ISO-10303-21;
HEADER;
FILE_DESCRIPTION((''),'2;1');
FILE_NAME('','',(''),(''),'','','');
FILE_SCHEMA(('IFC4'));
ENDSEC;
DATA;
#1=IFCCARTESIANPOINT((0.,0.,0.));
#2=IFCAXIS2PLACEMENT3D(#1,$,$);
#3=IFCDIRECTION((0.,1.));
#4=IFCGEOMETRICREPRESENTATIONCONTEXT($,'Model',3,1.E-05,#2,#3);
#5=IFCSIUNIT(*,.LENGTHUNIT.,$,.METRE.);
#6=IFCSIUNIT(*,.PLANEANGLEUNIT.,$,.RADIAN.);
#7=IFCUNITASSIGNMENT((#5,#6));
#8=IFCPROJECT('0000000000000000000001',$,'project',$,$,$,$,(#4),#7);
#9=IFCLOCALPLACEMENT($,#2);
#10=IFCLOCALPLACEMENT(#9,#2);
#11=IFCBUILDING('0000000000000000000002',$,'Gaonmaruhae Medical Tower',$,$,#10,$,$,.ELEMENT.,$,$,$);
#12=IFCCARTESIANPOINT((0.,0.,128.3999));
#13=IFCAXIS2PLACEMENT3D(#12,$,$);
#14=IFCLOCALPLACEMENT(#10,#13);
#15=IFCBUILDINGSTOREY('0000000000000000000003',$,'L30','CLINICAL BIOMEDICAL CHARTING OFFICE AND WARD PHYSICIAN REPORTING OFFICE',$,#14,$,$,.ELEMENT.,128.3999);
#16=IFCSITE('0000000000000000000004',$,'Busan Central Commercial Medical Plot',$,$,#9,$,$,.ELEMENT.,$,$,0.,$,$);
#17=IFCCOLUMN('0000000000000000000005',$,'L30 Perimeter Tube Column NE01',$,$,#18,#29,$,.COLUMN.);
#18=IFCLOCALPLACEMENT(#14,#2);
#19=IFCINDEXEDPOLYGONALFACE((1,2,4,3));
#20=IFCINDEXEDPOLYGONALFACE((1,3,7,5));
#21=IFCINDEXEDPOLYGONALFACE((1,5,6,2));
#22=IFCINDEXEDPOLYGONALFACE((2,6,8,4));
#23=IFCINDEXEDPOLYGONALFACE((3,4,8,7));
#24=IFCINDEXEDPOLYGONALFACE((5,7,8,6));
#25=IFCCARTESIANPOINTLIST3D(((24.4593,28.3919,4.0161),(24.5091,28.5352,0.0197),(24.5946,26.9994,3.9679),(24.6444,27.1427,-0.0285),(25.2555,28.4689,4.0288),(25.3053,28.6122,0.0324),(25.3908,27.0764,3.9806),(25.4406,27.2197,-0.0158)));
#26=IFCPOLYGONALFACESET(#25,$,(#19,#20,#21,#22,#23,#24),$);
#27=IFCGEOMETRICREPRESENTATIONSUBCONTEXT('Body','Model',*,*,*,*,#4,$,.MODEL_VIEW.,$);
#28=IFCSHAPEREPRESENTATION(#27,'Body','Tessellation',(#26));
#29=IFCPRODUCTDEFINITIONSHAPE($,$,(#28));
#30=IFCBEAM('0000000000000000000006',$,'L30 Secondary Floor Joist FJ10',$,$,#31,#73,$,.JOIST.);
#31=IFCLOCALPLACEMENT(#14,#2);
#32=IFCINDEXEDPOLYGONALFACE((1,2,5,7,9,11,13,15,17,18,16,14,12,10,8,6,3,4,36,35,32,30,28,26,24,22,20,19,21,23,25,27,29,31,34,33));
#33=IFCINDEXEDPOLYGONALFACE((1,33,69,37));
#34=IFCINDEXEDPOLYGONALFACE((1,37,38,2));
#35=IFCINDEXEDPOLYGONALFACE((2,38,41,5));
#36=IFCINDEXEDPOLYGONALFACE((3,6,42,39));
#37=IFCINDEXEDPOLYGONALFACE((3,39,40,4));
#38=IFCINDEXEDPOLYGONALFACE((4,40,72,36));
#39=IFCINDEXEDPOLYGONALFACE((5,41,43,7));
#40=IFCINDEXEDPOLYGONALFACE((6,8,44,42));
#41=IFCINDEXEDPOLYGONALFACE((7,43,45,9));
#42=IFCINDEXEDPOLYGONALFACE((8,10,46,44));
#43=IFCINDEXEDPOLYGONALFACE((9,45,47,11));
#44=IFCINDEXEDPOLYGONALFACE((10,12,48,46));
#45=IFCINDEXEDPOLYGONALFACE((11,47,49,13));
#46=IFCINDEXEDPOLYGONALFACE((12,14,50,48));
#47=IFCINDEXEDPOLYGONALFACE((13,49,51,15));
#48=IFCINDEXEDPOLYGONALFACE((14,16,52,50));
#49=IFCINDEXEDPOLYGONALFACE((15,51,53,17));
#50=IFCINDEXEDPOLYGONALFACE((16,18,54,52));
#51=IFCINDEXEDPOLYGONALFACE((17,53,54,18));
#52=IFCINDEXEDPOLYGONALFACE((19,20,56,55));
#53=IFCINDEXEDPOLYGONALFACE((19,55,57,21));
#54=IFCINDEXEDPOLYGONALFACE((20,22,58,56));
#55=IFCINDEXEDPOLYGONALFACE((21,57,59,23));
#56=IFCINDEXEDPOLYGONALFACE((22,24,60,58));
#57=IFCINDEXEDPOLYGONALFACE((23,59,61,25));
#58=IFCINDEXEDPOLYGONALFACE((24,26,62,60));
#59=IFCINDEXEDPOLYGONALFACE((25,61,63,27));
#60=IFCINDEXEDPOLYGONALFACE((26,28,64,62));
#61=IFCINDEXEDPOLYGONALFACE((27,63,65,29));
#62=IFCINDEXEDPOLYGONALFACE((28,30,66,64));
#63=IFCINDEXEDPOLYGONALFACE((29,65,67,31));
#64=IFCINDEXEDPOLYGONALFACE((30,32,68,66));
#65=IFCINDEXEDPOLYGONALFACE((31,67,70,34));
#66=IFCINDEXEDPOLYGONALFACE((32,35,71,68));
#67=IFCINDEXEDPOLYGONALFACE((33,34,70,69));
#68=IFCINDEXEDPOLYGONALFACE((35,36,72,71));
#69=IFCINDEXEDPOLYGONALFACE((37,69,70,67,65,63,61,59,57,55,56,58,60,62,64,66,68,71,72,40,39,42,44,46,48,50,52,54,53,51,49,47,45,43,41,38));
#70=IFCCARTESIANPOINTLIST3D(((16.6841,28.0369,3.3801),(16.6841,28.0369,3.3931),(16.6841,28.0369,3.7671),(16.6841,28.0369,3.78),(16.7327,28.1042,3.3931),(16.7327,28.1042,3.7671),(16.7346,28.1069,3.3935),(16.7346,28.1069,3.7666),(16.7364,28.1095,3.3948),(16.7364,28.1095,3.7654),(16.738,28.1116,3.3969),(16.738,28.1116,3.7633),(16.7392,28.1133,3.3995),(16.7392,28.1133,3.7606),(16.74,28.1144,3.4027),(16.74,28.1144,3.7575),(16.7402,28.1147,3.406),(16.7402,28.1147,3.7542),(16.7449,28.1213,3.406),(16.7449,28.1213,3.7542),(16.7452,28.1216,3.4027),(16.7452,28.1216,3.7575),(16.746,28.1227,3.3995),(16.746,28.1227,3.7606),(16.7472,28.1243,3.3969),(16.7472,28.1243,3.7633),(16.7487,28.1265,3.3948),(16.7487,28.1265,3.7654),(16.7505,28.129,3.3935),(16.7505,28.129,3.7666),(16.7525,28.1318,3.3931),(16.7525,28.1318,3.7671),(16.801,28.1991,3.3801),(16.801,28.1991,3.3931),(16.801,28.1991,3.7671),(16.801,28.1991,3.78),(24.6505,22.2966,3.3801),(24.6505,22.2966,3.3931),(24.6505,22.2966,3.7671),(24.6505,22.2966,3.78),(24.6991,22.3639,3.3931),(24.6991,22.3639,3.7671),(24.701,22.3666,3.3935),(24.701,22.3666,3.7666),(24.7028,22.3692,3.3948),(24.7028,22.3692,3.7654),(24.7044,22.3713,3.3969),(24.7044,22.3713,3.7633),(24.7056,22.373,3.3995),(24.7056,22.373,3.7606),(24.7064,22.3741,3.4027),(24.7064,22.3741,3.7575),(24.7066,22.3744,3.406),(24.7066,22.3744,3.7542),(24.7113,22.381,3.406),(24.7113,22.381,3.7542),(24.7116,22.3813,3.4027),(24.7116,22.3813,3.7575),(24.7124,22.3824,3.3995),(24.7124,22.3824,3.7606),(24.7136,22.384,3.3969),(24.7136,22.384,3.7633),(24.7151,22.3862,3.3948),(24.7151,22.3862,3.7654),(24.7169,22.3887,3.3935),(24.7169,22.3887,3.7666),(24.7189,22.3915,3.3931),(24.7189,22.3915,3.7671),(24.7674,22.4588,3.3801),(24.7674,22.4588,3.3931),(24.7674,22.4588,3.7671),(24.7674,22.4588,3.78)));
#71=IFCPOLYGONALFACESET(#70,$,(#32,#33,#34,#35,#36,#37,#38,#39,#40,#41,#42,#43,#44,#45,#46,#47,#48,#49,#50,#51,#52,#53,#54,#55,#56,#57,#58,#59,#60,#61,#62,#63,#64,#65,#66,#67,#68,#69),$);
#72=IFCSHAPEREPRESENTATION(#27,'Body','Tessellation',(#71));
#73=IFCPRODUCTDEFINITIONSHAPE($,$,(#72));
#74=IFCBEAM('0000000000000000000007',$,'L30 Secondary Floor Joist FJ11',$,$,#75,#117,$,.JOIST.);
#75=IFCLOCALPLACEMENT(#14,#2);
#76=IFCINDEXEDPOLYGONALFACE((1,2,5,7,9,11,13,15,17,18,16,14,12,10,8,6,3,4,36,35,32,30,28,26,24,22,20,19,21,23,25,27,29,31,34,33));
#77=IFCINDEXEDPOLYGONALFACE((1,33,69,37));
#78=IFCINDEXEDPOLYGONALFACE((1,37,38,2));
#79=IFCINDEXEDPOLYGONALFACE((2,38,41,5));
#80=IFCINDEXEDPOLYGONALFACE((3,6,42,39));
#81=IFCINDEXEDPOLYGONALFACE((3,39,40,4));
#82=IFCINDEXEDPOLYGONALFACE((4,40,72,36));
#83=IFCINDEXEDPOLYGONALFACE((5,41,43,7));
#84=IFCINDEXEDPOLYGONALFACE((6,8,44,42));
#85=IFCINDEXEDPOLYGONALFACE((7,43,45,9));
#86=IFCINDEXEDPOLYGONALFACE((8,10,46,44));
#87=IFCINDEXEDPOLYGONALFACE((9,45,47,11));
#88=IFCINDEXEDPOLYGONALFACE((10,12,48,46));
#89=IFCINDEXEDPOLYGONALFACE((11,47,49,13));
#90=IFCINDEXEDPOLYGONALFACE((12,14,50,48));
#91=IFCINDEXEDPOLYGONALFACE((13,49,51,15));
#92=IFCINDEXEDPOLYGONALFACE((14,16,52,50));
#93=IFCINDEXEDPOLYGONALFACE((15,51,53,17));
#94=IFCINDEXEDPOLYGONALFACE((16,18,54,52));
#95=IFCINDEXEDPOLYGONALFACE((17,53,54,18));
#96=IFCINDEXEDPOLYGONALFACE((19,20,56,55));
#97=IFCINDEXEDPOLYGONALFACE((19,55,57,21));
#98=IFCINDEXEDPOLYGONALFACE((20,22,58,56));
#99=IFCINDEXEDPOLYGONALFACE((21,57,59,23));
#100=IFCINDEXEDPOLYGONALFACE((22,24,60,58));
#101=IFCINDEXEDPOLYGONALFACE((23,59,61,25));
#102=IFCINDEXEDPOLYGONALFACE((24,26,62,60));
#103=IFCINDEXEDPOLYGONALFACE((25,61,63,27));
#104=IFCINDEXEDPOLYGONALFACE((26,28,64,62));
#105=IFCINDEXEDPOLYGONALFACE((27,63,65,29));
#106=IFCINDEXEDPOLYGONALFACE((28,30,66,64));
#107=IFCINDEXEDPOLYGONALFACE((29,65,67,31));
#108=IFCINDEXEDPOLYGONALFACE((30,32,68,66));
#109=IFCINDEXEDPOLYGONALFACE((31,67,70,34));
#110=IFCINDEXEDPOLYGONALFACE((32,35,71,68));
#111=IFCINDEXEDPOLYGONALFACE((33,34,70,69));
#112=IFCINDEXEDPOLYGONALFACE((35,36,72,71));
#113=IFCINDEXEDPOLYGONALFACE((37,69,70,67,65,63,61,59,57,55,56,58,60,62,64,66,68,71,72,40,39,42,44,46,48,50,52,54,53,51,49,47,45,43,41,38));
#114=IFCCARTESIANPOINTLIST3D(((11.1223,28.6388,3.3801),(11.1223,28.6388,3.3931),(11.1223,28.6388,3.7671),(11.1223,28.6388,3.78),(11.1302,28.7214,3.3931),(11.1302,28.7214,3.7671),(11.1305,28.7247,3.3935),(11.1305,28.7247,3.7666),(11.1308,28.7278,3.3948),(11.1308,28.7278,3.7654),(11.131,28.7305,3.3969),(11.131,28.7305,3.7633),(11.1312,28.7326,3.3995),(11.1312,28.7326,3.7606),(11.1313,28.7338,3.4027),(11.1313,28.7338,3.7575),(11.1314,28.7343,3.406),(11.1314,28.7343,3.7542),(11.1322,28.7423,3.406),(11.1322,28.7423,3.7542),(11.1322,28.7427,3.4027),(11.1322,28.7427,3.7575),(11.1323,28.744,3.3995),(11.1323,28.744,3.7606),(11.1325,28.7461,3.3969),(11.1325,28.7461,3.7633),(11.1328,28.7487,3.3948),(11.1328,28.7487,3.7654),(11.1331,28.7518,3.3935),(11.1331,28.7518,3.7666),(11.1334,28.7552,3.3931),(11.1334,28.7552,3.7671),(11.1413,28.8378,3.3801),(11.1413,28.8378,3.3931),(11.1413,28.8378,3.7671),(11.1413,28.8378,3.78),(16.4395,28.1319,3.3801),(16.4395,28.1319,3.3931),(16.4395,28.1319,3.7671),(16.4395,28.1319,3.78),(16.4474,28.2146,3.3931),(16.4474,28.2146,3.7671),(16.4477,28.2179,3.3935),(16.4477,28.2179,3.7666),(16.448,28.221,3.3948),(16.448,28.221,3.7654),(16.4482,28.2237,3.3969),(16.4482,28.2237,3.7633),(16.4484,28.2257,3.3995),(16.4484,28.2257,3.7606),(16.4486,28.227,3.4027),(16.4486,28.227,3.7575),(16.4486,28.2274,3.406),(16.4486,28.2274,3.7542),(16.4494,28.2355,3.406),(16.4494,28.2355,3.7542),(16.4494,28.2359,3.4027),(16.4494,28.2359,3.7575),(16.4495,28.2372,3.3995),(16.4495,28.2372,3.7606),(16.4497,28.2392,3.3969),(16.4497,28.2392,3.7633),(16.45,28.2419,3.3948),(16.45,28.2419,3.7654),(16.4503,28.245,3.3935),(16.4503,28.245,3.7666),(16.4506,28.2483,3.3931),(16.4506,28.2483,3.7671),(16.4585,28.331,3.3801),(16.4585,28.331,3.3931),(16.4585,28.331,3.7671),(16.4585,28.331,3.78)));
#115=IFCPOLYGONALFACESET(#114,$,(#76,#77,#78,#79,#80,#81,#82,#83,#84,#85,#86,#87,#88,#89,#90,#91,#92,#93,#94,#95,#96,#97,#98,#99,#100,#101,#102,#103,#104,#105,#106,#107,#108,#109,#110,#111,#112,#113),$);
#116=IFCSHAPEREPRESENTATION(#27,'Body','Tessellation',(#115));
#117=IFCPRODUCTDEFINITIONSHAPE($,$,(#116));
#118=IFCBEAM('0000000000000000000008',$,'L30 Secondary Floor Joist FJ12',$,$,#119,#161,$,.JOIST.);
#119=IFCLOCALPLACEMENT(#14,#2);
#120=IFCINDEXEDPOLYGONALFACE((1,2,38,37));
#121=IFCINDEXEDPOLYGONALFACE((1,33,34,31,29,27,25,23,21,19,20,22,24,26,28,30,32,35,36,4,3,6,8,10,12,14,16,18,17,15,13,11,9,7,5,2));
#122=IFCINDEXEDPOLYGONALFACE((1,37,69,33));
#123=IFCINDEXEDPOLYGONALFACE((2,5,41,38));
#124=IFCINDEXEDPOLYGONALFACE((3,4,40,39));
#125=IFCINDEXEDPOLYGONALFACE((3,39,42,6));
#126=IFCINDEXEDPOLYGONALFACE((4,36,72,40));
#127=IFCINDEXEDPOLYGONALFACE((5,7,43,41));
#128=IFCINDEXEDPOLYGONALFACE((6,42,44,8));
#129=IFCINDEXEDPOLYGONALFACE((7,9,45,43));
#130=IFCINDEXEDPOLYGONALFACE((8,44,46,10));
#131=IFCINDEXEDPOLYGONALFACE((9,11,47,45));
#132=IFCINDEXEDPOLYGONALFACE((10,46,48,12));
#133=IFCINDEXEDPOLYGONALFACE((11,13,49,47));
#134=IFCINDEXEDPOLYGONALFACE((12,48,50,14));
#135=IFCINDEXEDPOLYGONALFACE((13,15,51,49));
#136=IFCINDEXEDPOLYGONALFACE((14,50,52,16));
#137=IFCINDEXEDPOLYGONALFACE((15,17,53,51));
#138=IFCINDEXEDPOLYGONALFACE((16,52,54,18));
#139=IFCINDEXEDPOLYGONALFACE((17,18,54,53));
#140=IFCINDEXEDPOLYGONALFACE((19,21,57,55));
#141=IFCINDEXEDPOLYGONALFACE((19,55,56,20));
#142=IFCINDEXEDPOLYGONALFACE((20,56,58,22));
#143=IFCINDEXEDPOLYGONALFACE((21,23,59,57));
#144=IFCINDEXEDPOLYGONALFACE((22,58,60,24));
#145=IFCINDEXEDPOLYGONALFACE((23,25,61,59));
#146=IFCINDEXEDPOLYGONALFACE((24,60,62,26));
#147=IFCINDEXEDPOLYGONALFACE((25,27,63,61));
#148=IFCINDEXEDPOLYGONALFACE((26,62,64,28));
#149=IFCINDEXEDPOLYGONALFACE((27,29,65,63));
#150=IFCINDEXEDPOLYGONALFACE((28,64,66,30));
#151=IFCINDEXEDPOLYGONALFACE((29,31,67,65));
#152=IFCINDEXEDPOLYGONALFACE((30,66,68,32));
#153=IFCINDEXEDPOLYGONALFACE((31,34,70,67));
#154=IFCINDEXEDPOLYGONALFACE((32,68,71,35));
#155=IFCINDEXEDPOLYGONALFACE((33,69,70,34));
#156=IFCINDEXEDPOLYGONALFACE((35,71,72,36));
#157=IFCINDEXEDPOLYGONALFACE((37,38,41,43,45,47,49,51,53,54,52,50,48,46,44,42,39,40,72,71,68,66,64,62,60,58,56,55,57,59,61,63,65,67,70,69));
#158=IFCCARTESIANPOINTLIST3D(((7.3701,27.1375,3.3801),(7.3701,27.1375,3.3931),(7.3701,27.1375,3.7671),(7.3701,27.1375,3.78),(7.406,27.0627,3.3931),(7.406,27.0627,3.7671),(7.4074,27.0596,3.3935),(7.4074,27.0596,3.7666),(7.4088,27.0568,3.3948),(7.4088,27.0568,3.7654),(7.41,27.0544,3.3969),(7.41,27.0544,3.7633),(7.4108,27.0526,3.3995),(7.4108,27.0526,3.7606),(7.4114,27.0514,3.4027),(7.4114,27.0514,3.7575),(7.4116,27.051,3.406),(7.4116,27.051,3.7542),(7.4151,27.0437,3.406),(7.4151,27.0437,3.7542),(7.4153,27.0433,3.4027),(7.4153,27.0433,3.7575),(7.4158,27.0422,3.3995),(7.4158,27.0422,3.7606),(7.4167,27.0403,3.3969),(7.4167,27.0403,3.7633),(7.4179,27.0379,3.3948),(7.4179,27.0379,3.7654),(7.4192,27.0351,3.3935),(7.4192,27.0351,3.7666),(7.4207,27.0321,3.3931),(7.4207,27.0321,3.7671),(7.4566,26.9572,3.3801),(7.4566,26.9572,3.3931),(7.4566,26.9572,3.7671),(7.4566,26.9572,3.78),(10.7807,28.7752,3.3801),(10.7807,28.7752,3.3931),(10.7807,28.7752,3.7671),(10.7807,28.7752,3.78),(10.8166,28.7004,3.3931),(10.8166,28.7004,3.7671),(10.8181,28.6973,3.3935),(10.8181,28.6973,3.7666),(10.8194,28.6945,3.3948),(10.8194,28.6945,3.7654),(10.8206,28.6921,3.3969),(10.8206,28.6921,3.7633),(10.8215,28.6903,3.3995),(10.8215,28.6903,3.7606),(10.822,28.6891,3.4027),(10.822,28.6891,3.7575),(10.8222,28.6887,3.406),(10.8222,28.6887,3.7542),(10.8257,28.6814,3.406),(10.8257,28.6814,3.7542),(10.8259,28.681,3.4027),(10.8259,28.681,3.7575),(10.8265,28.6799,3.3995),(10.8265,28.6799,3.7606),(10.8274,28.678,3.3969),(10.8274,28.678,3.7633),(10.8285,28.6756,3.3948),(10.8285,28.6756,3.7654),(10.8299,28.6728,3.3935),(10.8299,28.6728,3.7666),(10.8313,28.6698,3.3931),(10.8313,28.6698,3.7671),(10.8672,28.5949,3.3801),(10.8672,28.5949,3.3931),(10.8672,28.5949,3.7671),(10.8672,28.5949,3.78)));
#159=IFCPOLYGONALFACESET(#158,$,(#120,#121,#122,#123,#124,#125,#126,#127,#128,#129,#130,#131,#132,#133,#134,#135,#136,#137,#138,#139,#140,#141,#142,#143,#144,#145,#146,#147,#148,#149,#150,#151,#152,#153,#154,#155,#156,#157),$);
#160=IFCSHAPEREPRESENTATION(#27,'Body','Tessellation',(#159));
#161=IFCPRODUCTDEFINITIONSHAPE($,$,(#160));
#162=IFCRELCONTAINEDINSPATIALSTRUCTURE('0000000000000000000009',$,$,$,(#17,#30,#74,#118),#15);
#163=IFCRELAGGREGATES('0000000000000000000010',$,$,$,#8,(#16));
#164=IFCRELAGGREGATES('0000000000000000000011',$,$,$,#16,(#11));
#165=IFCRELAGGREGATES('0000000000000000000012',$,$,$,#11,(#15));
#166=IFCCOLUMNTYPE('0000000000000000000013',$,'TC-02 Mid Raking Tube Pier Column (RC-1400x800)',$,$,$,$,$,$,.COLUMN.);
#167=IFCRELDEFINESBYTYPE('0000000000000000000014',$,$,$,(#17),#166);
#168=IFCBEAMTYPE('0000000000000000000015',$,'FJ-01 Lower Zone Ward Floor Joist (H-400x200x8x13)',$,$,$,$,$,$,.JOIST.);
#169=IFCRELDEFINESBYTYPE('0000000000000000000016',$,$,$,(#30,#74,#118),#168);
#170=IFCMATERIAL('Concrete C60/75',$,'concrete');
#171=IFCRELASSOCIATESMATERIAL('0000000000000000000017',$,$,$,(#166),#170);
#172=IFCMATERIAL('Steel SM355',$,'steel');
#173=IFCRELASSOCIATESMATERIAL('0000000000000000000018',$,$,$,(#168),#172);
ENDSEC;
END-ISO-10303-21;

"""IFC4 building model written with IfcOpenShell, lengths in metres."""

from ifc_helpers import new_model, si_unit, direction, frame, origin, origin_2d, place, context, subcontext, project, spatial, rectangle, i_section, extrude, material, material_profile, profile_set, type_object, element, save


model = new_model("IFC4")

# Units and contexts
model_context = context("Model", 3, precision=1e-05, world=origin(), true_north=direction((0.0, 1.0)))
body_context = subcontext(model_context, "Body", "Model", "MODEL_VIEW")
ifc_project = project(units=[si_unit("LENGTHUNIT", "METRE"), si_unit("PLANEANGLEUNIT", "RADIAN")], contexts=[model_context])

# Site, building, storey
site_placement = place(None, origin())
site = spatial("IfcSite", under=ifc_project, at=site_placement, Name="Busan Central Commercial Medical Plot", CompositionType="ELEMENT", RefElevation=0.0)
building_placement = place(site_placement, origin())
building = spatial("IfcBuilding", under=site, at=building_placement, Name="Gaonmaruhae Medical Tower", CompositionType="ELEMENT")
storey_placement = place(building_placement, frame((0.0, 0.0, 128.3999)))
storey = spatial("IfcBuildingStorey", under=building, at=storey_placement, Name="L30", Description="CLINICAL BIOMEDICAL CHARTING OFFICE AND WARD PHYSICIAN REPORTING OFFICE", CompositionType="ELEMENT", Elevation=128.3999)

# Column
ifc_material_1 = material(Name="Concrete C60/75", Category="concrete")
ifc_material_profile_1 = material_profile(ifc_material_1, rectangle(XDim=1.3999, YDim=0.8, at=origin_2d()), Name="RC-1400x800")
ifc_profile_set_1 = profile_set([ifc_material_profile_1], Name="Concrete C60/75")
column_type = type_object("IfcColumnType", Name="TC-02 Mid Raking Tube Pier Column (RC-1400x800)", PredefinedType="COLUMN", material=ifc_profile_set_1)
column_placement = place(storey_placement, frame((24.9749, 27.8774, 0.002), z_axis=(-0.012454, -0.035835, 0.99928), x_axis=(-0.096688, 0.994718, 0.034466)))
element("IfcColumn", 1, at=column_placement, inside=storey, type_object=column_type, Name="L30 Perimeter Tube Column NE01", PredefinedType="COLUMN", context=body_context, shape_type="SweptSolid", body=[
    extrude(rectangle(XDim=1.3999, YDim=0.8, at=origin_2d()), origin(), (0.0, 0.0, 1.0), 3.9993),
])

# Beams
ifc_material_2 = material(Name="Steel SM355", Category="steel")
ifc_material_profile_2 = material_profile(ifc_material_2, i_section(OverallWidth=0.2, OverallDepth=0.3999, WebThickness=0.0081, FlangeThickness=0.0129, FilletRadius=0.0129, at=origin_2d()), Name="H-400x200x8x13")
ifc_profile_set_2 = profile_set([ifc_material_profile_2], Name="Steel SM355")
beam_type_1 = type_object("IfcBeamType", Name="FJ-01 Lower Zone Ward Floor Joist (H-400x200x8x13)", PredefinedType="JOIST", material=ifc_profile_set_2)
beam_1_placement = place(storey_placement, frame((24.709, 22.3777, 3.5801), z_axis=(-0.811317, 0.584606, 0.0), x_axis=(-0.584606, -0.811317, 0.0)))
element("IfcBeam", 2, at=beam_1_placement, inside=storey, type_object=beam_type_1, Name="L30 Secondary Floor Joist FJ10", PredefinedType="JOIST", context=body_context, shape_type="SweptSolid", body=[
    extrude(i_section(OverallWidth=0.2, OverallDepth=0.3999, WebThickness=0.0081, FlangeThickness=0.0129, FilletRadius=0.0129, at=origin_2d()), origin(), (0.0, 0.0, 1.0), 9.8191),
])
beam_2_placement = place(storey_placement, frame((16.449, 28.2314, 3.5801), z_axis=(-0.995488, 0.094891, 0.0), x_axis=(-0.094891, -0.995488, 0.0)))
element("IfcBeam", 3, at=beam_2_placement, inside=storey, type_object=beam_type_1, Name="L30 Secondary Floor Joist FJ11", PredefinedType="JOIST", context=body_context, shape_type="SweptSolid", body=[
    extrude(i_section(OverallWidth=0.2, OverallDepth=0.3999, WebThickness=0.0081, FlangeThickness=0.0129, FilletRadius=0.0129, at=origin_2d()), origin(), (0.0, 0.0, 1.0), 5.3413),
])
beam_3_placement = place(storey_placement, frame((10.824, 28.6851, 3.5801), z_axis=(-0.901463, -0.432857, 0.0), x_axis=(0.432857, -0.901463, 0.0)))
element("IfcBeam", 4, at=beam_3_placement, inside=storey, type_object=beam_type_1, Name="L30 Secondary Floor Joist FJ12", PredefinedType="JOIST", context=body_context, shape_type="SweptSolid", body=[
    extrude(i_section(OverallWidth=0.2, OverallDepth=0.3999, WebThickness=0.0081, FlangeThickness=0.0129, FilletRadius=0.0129, at=origin_2d()), origin(), (0.0, 0.0, 1.0), 3.7834),
])

save(model, "model.ifc")
